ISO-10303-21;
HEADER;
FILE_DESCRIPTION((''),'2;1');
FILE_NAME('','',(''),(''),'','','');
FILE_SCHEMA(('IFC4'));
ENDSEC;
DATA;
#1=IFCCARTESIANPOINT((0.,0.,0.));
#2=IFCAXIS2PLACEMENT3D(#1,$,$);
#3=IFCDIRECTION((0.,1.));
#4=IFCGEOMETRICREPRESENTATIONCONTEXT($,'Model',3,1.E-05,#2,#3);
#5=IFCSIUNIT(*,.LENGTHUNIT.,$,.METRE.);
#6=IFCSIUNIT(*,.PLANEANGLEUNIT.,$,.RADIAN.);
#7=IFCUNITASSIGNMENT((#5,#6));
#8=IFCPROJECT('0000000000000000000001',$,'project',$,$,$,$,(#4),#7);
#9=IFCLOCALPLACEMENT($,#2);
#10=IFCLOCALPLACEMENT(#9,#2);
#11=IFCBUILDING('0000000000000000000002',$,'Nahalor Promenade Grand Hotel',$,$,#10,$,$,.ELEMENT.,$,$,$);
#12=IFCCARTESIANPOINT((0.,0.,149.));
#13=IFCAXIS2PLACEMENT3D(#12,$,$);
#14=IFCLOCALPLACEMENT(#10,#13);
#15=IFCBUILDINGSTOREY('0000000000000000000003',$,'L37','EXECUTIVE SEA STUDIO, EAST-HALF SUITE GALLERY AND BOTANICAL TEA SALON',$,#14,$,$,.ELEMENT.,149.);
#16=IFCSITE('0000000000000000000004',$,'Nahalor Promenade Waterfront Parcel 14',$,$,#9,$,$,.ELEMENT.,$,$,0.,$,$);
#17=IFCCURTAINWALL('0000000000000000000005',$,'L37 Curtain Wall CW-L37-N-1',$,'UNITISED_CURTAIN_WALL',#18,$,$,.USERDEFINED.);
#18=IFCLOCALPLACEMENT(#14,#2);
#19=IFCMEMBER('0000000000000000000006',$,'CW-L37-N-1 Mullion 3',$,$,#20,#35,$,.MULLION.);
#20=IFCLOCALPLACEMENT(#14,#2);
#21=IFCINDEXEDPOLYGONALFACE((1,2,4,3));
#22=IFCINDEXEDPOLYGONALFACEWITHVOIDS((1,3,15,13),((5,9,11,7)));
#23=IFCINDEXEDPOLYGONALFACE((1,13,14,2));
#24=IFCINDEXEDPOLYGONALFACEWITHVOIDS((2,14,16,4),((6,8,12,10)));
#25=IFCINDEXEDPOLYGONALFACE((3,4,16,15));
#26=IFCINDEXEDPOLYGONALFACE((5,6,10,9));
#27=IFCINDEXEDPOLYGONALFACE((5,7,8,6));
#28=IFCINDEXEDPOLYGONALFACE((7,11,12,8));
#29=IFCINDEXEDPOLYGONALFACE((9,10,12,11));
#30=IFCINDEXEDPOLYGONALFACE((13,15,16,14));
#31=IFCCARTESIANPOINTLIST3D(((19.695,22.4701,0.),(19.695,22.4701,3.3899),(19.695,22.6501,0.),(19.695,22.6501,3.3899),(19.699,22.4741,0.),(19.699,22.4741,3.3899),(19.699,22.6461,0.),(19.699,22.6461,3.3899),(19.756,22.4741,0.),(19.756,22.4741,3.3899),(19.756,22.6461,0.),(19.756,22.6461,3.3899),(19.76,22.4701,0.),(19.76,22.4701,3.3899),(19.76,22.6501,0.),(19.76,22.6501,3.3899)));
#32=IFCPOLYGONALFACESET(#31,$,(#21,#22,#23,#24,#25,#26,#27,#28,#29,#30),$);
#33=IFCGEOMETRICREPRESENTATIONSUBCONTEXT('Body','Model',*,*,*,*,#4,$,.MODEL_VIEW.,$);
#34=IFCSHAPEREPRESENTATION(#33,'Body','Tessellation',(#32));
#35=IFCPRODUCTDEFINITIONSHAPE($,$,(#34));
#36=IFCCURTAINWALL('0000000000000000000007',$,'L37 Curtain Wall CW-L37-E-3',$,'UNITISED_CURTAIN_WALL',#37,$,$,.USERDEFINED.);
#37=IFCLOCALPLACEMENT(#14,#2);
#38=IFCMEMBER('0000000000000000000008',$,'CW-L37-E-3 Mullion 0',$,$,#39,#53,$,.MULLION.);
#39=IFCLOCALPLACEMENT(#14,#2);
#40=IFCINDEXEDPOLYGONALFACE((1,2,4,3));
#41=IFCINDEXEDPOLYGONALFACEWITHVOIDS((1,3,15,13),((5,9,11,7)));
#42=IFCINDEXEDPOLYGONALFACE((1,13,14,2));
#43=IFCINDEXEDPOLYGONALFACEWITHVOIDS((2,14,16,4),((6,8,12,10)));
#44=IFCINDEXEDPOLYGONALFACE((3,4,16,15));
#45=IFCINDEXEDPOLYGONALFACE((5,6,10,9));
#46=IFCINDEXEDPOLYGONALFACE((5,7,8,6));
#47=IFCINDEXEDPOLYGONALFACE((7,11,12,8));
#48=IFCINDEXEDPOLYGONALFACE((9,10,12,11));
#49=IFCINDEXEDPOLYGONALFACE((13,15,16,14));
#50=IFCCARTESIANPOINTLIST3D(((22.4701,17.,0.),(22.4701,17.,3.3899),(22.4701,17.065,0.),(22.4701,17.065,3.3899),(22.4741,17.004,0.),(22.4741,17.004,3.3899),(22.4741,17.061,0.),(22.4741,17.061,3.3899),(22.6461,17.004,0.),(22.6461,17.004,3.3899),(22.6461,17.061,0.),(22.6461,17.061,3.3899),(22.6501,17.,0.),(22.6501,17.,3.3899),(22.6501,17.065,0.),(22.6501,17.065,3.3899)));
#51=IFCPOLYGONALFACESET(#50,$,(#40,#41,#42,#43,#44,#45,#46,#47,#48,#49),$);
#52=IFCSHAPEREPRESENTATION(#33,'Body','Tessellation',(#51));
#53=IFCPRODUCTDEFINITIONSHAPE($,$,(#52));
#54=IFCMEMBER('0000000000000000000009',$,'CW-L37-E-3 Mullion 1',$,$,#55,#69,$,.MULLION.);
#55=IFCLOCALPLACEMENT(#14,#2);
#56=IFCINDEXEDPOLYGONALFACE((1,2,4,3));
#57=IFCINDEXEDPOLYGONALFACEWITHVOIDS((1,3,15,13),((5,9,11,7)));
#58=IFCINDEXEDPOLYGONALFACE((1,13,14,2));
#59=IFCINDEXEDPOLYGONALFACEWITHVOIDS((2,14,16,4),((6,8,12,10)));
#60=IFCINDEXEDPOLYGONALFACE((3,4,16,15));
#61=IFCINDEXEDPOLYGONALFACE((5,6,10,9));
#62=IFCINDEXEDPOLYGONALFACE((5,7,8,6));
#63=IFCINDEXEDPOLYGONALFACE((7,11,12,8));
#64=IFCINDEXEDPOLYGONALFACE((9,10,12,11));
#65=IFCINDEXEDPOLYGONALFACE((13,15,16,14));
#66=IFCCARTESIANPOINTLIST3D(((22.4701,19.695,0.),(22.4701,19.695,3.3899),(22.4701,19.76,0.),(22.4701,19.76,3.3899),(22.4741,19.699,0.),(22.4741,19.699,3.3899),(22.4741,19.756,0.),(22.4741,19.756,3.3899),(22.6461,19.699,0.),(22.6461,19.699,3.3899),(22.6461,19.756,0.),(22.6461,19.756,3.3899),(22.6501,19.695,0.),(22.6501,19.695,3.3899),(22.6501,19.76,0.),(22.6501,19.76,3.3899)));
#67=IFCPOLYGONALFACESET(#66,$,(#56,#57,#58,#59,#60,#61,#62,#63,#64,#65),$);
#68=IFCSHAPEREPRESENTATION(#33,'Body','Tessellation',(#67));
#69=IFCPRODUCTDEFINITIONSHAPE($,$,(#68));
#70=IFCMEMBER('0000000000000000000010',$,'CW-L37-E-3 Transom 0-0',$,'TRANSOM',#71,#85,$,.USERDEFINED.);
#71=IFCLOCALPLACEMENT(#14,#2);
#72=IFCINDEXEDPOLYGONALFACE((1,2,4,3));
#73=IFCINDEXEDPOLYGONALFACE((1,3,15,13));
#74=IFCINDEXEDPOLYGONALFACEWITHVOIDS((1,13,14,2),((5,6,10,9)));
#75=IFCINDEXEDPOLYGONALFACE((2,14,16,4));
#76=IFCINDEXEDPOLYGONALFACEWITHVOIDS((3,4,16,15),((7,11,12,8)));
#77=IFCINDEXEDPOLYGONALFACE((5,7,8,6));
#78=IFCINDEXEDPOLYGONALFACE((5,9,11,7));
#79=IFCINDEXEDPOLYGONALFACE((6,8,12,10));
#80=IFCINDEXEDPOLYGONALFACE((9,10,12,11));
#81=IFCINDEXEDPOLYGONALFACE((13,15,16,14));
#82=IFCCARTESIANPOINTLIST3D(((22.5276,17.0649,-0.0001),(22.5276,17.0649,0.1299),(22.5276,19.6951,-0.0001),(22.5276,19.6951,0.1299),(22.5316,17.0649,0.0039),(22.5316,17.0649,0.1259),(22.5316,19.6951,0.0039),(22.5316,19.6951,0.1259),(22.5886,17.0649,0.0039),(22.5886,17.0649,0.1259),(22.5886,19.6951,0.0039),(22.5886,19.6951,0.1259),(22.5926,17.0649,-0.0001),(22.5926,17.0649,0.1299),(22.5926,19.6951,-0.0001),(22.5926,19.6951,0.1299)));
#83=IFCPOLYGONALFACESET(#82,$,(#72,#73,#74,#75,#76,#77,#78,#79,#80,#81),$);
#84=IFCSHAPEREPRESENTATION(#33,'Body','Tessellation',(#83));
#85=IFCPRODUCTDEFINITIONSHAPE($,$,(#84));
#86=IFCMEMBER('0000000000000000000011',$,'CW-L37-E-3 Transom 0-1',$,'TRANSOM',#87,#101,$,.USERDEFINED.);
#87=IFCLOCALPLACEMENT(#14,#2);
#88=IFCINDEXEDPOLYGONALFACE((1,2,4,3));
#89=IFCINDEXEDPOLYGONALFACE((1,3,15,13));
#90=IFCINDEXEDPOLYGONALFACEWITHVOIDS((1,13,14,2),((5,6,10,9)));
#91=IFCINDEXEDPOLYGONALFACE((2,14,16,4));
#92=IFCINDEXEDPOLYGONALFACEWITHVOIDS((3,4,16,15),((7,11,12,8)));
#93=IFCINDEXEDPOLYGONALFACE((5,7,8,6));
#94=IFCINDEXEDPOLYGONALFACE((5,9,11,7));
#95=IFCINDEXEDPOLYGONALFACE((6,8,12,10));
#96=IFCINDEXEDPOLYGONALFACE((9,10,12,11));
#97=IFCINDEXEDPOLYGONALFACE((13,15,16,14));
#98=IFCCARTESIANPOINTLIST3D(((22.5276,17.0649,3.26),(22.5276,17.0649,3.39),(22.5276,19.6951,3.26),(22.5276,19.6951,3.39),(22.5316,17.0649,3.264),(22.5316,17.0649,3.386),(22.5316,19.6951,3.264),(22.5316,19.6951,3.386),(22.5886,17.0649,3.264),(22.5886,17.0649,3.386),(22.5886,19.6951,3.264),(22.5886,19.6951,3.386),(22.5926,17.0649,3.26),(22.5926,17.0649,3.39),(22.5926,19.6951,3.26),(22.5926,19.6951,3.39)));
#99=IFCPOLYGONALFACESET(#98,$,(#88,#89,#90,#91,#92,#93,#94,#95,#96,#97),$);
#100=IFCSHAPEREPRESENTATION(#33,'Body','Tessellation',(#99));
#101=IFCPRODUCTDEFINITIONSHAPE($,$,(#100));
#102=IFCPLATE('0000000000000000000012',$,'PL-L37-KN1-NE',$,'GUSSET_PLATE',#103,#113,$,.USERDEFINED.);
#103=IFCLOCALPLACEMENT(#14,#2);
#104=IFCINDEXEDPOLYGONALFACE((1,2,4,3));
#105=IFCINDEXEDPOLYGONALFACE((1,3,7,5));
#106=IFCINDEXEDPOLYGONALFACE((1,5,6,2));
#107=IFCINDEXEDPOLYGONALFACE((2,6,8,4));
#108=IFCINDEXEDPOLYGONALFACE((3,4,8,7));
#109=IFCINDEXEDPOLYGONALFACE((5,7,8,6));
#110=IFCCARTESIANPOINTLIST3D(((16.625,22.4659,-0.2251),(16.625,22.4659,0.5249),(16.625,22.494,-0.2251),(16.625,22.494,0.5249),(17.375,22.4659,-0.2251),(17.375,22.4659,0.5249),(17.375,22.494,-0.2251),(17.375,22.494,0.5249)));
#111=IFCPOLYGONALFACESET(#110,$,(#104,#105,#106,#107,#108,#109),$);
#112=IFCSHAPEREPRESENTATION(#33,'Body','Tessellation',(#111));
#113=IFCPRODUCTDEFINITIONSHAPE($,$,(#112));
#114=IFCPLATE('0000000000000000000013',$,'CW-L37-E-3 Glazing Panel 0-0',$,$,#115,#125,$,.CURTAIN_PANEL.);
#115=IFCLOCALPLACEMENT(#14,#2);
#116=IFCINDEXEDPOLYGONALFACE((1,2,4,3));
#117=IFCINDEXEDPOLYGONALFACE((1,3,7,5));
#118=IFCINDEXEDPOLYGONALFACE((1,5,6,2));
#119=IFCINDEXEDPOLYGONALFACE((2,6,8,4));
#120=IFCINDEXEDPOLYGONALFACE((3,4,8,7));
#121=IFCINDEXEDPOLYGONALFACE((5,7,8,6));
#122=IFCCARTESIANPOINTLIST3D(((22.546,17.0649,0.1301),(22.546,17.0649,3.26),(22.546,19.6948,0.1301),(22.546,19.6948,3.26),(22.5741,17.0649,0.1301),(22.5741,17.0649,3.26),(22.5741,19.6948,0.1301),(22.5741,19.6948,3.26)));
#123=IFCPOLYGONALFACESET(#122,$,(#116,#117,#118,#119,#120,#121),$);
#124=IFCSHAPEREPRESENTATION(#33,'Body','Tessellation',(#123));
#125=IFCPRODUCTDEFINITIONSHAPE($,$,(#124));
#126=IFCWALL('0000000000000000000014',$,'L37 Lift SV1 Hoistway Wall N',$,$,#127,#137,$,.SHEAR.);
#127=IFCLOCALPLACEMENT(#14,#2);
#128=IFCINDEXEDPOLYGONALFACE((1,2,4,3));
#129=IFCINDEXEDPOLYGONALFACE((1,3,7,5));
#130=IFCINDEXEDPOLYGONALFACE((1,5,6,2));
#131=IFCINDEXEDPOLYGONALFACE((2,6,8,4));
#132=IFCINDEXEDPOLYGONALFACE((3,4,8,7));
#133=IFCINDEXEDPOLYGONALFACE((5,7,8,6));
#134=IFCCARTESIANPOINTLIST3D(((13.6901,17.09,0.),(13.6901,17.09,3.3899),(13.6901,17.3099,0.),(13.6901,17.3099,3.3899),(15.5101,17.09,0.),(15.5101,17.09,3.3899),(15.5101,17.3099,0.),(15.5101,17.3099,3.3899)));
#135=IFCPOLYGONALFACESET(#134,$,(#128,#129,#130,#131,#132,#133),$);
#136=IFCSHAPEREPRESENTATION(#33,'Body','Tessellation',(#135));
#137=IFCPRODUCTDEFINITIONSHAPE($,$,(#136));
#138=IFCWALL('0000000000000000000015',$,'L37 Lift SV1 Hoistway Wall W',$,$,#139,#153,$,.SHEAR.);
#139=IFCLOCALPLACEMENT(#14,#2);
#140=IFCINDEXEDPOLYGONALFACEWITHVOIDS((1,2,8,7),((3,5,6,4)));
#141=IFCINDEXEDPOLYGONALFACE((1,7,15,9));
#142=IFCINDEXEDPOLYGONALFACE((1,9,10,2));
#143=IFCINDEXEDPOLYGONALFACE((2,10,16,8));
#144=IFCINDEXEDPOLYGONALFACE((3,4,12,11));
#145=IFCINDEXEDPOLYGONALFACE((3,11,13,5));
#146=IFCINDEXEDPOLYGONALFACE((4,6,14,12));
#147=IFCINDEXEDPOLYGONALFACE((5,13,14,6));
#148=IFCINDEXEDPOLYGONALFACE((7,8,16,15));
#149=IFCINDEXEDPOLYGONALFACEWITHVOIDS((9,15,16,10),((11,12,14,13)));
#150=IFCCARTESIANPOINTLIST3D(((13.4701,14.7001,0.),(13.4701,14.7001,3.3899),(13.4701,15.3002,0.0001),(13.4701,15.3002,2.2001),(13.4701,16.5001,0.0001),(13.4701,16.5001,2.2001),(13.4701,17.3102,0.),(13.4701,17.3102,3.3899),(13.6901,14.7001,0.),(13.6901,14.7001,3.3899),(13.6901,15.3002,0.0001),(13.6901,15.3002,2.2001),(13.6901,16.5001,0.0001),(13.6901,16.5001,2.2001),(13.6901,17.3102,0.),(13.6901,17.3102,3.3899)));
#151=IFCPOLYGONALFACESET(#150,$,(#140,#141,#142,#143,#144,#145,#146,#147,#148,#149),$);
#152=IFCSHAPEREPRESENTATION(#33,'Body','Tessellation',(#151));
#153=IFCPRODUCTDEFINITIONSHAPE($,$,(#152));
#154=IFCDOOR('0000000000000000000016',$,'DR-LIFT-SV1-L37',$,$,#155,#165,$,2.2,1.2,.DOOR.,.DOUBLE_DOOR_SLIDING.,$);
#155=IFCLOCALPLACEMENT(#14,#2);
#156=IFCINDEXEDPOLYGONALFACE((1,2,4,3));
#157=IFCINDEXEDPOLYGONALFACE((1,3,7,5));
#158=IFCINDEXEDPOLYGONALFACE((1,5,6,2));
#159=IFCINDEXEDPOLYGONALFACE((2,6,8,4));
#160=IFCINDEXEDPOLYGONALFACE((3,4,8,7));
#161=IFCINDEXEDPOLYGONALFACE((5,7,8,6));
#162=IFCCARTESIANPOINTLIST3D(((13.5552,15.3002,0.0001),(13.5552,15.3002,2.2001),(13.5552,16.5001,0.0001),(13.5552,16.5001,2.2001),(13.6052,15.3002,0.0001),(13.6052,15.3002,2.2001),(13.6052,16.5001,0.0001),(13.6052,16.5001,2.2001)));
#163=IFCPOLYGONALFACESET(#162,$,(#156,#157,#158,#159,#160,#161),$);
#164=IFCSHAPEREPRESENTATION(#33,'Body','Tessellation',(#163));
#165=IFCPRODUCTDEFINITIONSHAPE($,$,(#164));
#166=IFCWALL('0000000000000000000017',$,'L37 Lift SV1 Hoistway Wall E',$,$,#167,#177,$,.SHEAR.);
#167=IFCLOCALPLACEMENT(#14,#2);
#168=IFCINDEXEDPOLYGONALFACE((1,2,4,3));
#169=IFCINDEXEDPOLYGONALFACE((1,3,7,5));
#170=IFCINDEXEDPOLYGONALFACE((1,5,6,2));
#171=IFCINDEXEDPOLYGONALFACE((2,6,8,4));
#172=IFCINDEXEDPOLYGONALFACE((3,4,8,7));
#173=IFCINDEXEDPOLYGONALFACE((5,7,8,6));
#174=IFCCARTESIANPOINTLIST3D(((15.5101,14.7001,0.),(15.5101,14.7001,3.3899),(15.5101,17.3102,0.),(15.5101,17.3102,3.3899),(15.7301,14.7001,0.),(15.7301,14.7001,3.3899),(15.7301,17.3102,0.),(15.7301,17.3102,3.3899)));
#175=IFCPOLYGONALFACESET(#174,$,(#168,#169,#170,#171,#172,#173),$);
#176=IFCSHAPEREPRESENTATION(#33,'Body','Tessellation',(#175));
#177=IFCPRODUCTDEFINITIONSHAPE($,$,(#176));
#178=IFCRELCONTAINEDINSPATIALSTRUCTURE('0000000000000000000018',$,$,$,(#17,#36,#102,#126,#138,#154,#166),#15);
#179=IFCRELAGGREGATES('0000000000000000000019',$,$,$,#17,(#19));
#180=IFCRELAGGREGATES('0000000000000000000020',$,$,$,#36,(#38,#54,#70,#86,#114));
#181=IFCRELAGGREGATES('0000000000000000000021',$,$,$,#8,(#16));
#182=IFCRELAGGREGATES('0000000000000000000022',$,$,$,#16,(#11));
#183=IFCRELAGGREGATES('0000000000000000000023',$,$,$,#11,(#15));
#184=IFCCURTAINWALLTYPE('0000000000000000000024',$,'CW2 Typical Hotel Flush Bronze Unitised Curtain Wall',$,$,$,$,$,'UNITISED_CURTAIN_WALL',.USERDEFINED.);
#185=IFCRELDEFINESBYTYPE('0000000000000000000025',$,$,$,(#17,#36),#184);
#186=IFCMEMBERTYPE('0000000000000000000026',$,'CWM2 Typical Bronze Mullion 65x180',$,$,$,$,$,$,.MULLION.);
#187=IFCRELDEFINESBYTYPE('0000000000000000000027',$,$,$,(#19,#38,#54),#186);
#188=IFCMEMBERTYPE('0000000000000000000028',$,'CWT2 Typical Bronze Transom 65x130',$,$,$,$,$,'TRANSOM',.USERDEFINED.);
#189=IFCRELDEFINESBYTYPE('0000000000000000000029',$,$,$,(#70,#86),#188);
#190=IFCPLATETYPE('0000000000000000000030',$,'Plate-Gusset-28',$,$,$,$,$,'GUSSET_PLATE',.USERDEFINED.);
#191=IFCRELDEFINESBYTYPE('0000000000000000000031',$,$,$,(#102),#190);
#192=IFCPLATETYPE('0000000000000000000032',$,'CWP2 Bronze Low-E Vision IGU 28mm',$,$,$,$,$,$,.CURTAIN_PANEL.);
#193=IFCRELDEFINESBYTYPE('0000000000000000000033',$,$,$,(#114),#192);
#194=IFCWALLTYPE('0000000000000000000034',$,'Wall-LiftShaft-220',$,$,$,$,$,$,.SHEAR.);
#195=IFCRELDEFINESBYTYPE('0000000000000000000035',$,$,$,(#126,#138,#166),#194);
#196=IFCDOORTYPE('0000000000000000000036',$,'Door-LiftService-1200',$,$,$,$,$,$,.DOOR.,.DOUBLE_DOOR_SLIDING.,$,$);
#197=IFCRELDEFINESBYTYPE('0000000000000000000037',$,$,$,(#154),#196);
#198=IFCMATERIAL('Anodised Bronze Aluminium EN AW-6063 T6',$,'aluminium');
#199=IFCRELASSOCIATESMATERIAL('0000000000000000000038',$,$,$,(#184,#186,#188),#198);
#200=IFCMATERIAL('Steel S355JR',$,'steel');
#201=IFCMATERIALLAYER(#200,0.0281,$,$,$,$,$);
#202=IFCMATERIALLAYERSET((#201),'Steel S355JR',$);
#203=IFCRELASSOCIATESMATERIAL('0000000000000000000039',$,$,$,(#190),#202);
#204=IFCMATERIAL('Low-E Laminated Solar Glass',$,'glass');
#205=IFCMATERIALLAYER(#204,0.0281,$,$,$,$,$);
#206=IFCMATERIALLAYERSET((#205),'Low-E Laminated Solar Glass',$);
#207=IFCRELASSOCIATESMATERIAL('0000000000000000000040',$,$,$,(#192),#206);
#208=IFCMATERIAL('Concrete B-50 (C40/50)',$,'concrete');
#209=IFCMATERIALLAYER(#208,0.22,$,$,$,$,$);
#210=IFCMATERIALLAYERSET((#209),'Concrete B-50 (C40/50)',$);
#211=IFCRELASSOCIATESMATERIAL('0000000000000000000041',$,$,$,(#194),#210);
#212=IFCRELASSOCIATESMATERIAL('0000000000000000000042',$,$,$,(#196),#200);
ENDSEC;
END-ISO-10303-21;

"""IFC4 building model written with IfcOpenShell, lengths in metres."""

from ifc_helpers import new_model, si_unit, direction, frame, frame_2d, origin, origin_2d, place, context, subcontext, project, spatial, rectangle, hollow_rectangle, extrude, source, transform, mapped, material, layer, layer_set, material_profile, profile_set, type_object, element, fill, aggregate, save


model = new_model("IFC4")

# Units and contexts
model_context = context("Model", 3, precision=1e-05, world=origin(), true_north=direction((0.0, 1.0)))
body_context = subcontext(model_context, "Body", "Model", "MODEL_VIEW")
ifc_project = project(units=[si_unit("LENGTHUNIT", "METRE"), si_unit("PLANEANGLEUNIT", "RADIAN")], contexts=[model_context])

# Site, building, storey
site_placement = place(None, origin())
site = spatial("IfcSite", under=ifc_project, at=site_placement, Name="Nahalor Promenade Waterfront Parcel 14", CompositionType="ELEMENT", RefElevation=0.0)
building_placement = place(site_placement, origin())
building = spatial("IfcBuilding", under=site, at=building_placement, Name="Nahalor Promenade Grand Hotel", CompositionType="ELEMENT")
storey_placement = place(building_placement, frame((0.0, 0.0, 149.0)))
storey = spatial("IfcBuildingStorey", under=building, at=storey_placement, Name="L37", Description="EXECUTIVE SEA STUDIO, EAST-HALF SUITE GALLERY AND BOTANICAL TEA SALON", CompositionType="ELEMENT", Elevation=149.0)

# Shared definitions
ifc_material_1 = material(Name="Steel S355JR", Category="steel")

# Curtain wall, member
ifc_material_2 = material(Name="Anodised Bronze Aluminium EN AW-6063 T6", Category="aluminium")
curtain_wall_type = type_object("IfcCurtainWallType", Name="CW2 Typical Hotel Flush Bronze Unitised Curtain Wall", ElementType="UNITISED_CURTAIN_WALL", PredefinedType="USERDEFINED", material=ifc_material_2)
curtain_wall_1_placement = place(storey_placement, origin())
curtain_wall_1 = element("IfcCurtainWall", 1, at=curtain_wall_1_placement, inside=storey, type_object=curtain_wall_type, Name="L37 Curtain Wall CW-L37-N-1", ObjectType="UNITISED_CURTAIN_WALL", PredefinedType="USERDEFINED")
ifc_material_profile_1 = material_profile(ifc_material_2, hollow_rectangle(XDim=0.065, YDim=0.18, WallThickness=0.004, at=origin_2d()), Name="CWM 65x180x4")
ifc_profile_set_1 = profile_set([ifc_material_profile_1], Name="Anodised Bronze Aluminium EN AW-6063 T6")
member_type_1 = type_object("IfcMemberType", Name="CWM2 Typical Bronze Mullion 65x180", PredefinedType="MULLION", material=ifc_profile_set_1)
shared_shape_1 = source(origin(), body_context, "Body", "SweptSolid", [
    extrude(hollow_rectangle(XDim=0.065, YDim=0.18, WallThickness=0.004, at=origin_2d()), origin(), (0.0, 0.0, 1.0), 3.3899),
])
member_1_placement = place(storey_placement, frame((19.7275, 22.5601, 0.0), z_axis=(0.0, 0.0, 1.0), x_axis=(1.0, 0.0, 0.0)))
member_1 = element("IfcMember", 2, at=member_1_placement, type_object=member_type_1, Name="CW-L37-N-1 Mullion 3", PredefinedType="MULLION", context=body_context, shape_type="MappedRepresentation", body=[
    mapped(shared_shape_1, transform((0.0, 0.0, 0.0), scale=1.0)),
])
aggregate(curtain_wall_1, [member_1])

# Curtain wall, members
curtain_wall_2_placement = place(storey_placement, origin())
curtain_wall_2 = element("IfcCurtainWall", 3, at=curtain_wall_2_placement, inside=storey, type_object=curtain_wall_type, Name="L37 Curtain Wall CW-L37-E-3", ObjectType="UNITISED_CURTAIN_WALL", PredefinedType="USERDEFINED")
member_2_placement = place(storey_placement, frame((22.5601, 17.0325, 0.0), z_axis=(0.0, 0.0, 1.0), x_axis=(0.0, 1.0, 0.0)))
member_2 = element("IfcMember", 4, at=member_2_placement, type_object=member_type_1, Name="CW-L37-E-3 Mullion 0", PredefinedType="MULLION", context=body_context, shape_type="MappedRepresentation", body=[
    mapped(shared_shape_1, transform((0.0, 0.0, 0.0), scale=1.0)),
])
member_3_placement = place(storey_placement, frame((22.5601, 19.7275, 0.0), z_axis=(0.0, 0.0, 1.0), x_axis=(0.0, 1.0, 0.0)))
member_3 = element("IfcMember", 5, at=member_3_placement, type_object=member_type_1, Name="CW-L37-E-3 Mullion 1", PredefinedType="MULLION", context=body_context, shape_type="MappedRepresentation", body=[
    mapped(shared_shape_1, transform((0.0, 0.0, 0.0), scale=1.0)),
])
ifc_material_profile_2 = material_profile(ifc_material_2, hollow_rectangle(XDim=0.065, YDim=0.13, WallThickness=0.004, at=origin_2d()), Name="CWT 65x130x4")
ifc_profile_set_2 = profile_set([ifc_material_profile_2], Name="Anodised Bronze Aluminium EN AW-6063 T6")
member_type_2 = type_object("IfcMemberType", Name="CWT2 Typical Bronze Transom 65x130", ElementType="TRANSOM", PredefinedType="USERDEFINED", material=ifc_profile_set_2)
shared_shape_2 = source(origin(), body_context, "Body", "SweptSolid", [
    extrude(hollow_rectangle(XDim=0.065, YDim=0.13, WallThickness=0.004, at=origin_2d()), origin(), (0.0, 0.0, 1.0), 2.6301),
])
member_4_placement = place(storey_placement, frame((22.5601, 17.0649, 0.0649), z_axis=(0.0, 1.0, 0.0), x_axis=(-1.0, 0.0, 0.0)))
member_4 = element("IfcMember", 6, at=member_4_placement, type_object=member_type_2, Name="CW-L37-E-3 Transom 0-0", ObjectType="TRANSOM", PredefinedType="USERDEFINED", context=body_context, shape_type="MappedRepresentation", body=[
    mapped(shared_shape_2, transform((0.0, 0.0, 0.0), scale=1.0)),
])
member_5_placement = place(storey_placement, frame((22.5601, 17.0649, 3.325), z_axis=(0.0, 1.0, 0.0), x_axis=(-1.0, 0.0, 0.0)))
member_5 = element("IfcMember", 7, at=member_5_placement, type_object=member_type_2, Name="CW-L37-E-3 Transom 0-1", ObjectType="TRANSOM", PredefinedType="USERDEFINED", context=body_context, shape_type="MappedRepresentation", body=[
    mapped(shared_shape_2, transform((0.0, 0.0, 0.0), scale=1.0)),
])

# Plates
ifc_layer_1 = layer(ifc_material_1, 0.0281)
ifc_layer_set_1 = layer_set([ifc_layer_1], Name="Steel S355JR")
plate_type_1 = type_object("IfcPlateType", Name="Plate-Gusset-28", ElementType="GUSSET_PLATE", PredefinedType="USERDEFINED", material=ifc_layer_set_1)
shared_shape_3 = source(origin(), body_context, "Body", "SweptSolid", [
    extrude(rectangle(XDim=0.75, YDim=0.0281, at=origin_2d()), origin(), (0.0, 0.0, 1.0), 0.75),
])
plate_1_placement = place(storey_placement, frame((17.0, 22.48, -0.2251), z_axis=(0.0, 0.0, 1.0), x_axis=(1.0, 0.0, 0.0)))
element("IfcPlate", 8, at=plate_1_placement, inside=storey, type_object=plate_type_1, Name="PL-L37-KN1-NE", ObjectType="GUSSET_PLATE", PredefinedType="USERDEFINED", context=body_context, shape_type="MappedRepresentation", body=[
    mapped(shared_shape_3, transform((0.0, 0.0, 0.0), scale=1.0)),
])
ifc_material_3 = material(Name="Low-E Laminated Solar Glass", Category="glass")
ifc_layer_2 = layer(ifc_material_3, 0.0281)
ifc_layer_set_2 = layer_set([ifc_layer_2], Name="Low-E Laminated Solar Glass")
plate_type_2 = type_object("IfcPlateType", Name="CWP2 Bronze Low-E Vision IGU 28mm", PredefinedType="CURTAIN_PANEL", material=ifc_layer_set_2)
shared_shape_4 = source(origin(), body_context, "Body", "SweptSolid", [
    extrude(rectangle(XDim=2.6299, YDim=0.0281, at=origin_2d()), origin(), (0.0, 0.0, 1.0), 3.1299),
])
plate_2_placement = place(storey_placement, frame((22.5601, 18.3799, 0.1301), z_axis=(0.0, 0.0, 1.0), x_axis=(0.0, 1.0, 0.0)))
plate_2 = element("IfcPlate", 9, at=plate_2_placement, type_object=plate_type_2, Name="CW-L37-E-3 Glazing Panel 0-0", PredefinedType="CURTAIN_PANEL", context=body_context, shape_type="MappedRepresentation", body=[
    mapped(shared_shape_4, transform((0.0, 0.0, 0.0), scale=1.0)),
])
aggregate(curtain_wall_2, [member_2, member_3, member_4, member_5, plate_2])

# Wall
ifc_material_4 = material(Name="Concrete B-50 (C40/50)", Category="concrete")
ifc_layer_3 = layer(ifc_material_4, 0.22)
ifc_layer_set_3 = layer_set([ifc_layer_3], Name="Concrete B-50 (C40/50)")
wall_type_1 = type_object("IfcWallType", Name="Wall-LiftShaft-220", PredefinedType="SHEAR", material=ifc_layer_set_3)
shared_shape_5 = source(origin(), body_context, "Body", "SweptSolid", [
    extrude(rectangle(XDim=1.8201, YDim=0.22, at=frame_2d((0.9102, 0.0))), origin(), (0.0, 0.0, 1.0), 3.3899),
])
wall_1_placement = place(storey_placement, frame((13.6899, 17.2, 0.0), z_axis=(0.0, 0.0, 1.0), x_axis=(1.0, 0.0, 0.0)))
element("IfcWall", 10, at=wall_1_placement, inside=storey, type_object=wall_type_1, Name="L37 Lift SV1 Hoistway Wall N", PredefinedType="SHEAR", context=body_context, shape_type="MappedRepresentation", body=[
    mapped(shared_shape_5, transform((0.0, 0.0, 0.0), scale=1.0)),
])

# Wall, opening, door
shared_shape_6 = source(origin(), body_context, "Body", "SweptSolid", [
    extrude(rectangle(XDim=2.6101, YDim=0.22, at=frame_2d((1.3052, 0.0))), origin(), (0.0, 0.0, 1.0), 3.3899),
])
wall_2_placement = place(storey_placement, frame((13.5801, 14.7, 0.0), z_axis=(0.0, 0.0, 1.0), x_axis=(0.0, 1.0, 0.0)))
wall_2 = element("IfcWall", 11, at=wall_2_placement, inside=storey, type_object=wall_type_1, Name="L37 Lift SV1 Hoistway Wall W", PredefinedType="SHEAR", context=body_context, shape_type="MappedRepresentation", body=[
    mapped(shared_shape_6, transform((0.0, 0.0, 0.0), scale=1.0)),
])
opening_placement = place(wall_2_placement, frame((0.6001, 0.0, 0.0)))
opening = element("IfcOpeningElement", 12, at=opening_placement, cuts=wall_2, PredefinedType="OPENING", context=body_context, shape_type="SweptSolid", body=[
    extrude(rectangle(XDim=1.2, YDim=2.2, at=frame_2d((0.6001, 1.1001))), frame((0.0, 0.1199, 0.0), z_axis=(0.0, -1.0, 0.0), x_axis=(1.0, 0.0, 0.0)), (0.0, 0.0, 1.0), 0.24),
])
door_type = type_object("IfcDoorType", Name="Door-LiftService-1200", OperationType="DOUBLE_DOOR_SLIDING", PredefinedType="DOOR", material=ifc_material_1)
shared_shape_7 = source(origin(), body_context, "Body", "SweptSolid", [
    extrude(rectangle(XDim=1.2, YDim=2.2, at=frame_2d((0.6001, 1.1001))), frame((0.0, 0.0249, 0.0), z_axis=(0.0, -1.0, 0.0), x_axis=(1.0, 0.0, 0.0)), (0.0, 0.0, 1.0), 0.05),
])
door_placement = place(opening_placement, origin())
door = element("IfcDoor", 13, at=door_placement, inside=storey, type_object=door_type, Name="DR-LIFT-SV1-L37", OperationType="DOUBLE_DOOR_SLIDING", OverallHeight=2.2, OverallWidth=1.2, PredefinedType="DOOR", context=body_context, shape_type="MappedRepresentation", body=[
    mapped(shared_shape_7, transform((0.0, 0.0, 0.0), scale=1.0)),
])
fill(opening, door)

# Wall
wall_3_placement = place(storey_placement, frame((15.6201, 14.7, 0.0), z_axis=(0.0, 0.0, 1.0), x_axis=(0.0, 1.0, 0.0)))
element("IfcWall", 14, at=wall_3_placement, inside=storey, type_object=wall_type_1, Name="L37 Lift SV1 Hoistway Wall E", PredefinedType="SHEAR", context=body_context, shape_type="MappedRepresentation", body=[
    mapped(shared_shape_6, transform((0.0, 0.0, 0.0), scale=1.0)),
])

save(model, "model.ifc")
